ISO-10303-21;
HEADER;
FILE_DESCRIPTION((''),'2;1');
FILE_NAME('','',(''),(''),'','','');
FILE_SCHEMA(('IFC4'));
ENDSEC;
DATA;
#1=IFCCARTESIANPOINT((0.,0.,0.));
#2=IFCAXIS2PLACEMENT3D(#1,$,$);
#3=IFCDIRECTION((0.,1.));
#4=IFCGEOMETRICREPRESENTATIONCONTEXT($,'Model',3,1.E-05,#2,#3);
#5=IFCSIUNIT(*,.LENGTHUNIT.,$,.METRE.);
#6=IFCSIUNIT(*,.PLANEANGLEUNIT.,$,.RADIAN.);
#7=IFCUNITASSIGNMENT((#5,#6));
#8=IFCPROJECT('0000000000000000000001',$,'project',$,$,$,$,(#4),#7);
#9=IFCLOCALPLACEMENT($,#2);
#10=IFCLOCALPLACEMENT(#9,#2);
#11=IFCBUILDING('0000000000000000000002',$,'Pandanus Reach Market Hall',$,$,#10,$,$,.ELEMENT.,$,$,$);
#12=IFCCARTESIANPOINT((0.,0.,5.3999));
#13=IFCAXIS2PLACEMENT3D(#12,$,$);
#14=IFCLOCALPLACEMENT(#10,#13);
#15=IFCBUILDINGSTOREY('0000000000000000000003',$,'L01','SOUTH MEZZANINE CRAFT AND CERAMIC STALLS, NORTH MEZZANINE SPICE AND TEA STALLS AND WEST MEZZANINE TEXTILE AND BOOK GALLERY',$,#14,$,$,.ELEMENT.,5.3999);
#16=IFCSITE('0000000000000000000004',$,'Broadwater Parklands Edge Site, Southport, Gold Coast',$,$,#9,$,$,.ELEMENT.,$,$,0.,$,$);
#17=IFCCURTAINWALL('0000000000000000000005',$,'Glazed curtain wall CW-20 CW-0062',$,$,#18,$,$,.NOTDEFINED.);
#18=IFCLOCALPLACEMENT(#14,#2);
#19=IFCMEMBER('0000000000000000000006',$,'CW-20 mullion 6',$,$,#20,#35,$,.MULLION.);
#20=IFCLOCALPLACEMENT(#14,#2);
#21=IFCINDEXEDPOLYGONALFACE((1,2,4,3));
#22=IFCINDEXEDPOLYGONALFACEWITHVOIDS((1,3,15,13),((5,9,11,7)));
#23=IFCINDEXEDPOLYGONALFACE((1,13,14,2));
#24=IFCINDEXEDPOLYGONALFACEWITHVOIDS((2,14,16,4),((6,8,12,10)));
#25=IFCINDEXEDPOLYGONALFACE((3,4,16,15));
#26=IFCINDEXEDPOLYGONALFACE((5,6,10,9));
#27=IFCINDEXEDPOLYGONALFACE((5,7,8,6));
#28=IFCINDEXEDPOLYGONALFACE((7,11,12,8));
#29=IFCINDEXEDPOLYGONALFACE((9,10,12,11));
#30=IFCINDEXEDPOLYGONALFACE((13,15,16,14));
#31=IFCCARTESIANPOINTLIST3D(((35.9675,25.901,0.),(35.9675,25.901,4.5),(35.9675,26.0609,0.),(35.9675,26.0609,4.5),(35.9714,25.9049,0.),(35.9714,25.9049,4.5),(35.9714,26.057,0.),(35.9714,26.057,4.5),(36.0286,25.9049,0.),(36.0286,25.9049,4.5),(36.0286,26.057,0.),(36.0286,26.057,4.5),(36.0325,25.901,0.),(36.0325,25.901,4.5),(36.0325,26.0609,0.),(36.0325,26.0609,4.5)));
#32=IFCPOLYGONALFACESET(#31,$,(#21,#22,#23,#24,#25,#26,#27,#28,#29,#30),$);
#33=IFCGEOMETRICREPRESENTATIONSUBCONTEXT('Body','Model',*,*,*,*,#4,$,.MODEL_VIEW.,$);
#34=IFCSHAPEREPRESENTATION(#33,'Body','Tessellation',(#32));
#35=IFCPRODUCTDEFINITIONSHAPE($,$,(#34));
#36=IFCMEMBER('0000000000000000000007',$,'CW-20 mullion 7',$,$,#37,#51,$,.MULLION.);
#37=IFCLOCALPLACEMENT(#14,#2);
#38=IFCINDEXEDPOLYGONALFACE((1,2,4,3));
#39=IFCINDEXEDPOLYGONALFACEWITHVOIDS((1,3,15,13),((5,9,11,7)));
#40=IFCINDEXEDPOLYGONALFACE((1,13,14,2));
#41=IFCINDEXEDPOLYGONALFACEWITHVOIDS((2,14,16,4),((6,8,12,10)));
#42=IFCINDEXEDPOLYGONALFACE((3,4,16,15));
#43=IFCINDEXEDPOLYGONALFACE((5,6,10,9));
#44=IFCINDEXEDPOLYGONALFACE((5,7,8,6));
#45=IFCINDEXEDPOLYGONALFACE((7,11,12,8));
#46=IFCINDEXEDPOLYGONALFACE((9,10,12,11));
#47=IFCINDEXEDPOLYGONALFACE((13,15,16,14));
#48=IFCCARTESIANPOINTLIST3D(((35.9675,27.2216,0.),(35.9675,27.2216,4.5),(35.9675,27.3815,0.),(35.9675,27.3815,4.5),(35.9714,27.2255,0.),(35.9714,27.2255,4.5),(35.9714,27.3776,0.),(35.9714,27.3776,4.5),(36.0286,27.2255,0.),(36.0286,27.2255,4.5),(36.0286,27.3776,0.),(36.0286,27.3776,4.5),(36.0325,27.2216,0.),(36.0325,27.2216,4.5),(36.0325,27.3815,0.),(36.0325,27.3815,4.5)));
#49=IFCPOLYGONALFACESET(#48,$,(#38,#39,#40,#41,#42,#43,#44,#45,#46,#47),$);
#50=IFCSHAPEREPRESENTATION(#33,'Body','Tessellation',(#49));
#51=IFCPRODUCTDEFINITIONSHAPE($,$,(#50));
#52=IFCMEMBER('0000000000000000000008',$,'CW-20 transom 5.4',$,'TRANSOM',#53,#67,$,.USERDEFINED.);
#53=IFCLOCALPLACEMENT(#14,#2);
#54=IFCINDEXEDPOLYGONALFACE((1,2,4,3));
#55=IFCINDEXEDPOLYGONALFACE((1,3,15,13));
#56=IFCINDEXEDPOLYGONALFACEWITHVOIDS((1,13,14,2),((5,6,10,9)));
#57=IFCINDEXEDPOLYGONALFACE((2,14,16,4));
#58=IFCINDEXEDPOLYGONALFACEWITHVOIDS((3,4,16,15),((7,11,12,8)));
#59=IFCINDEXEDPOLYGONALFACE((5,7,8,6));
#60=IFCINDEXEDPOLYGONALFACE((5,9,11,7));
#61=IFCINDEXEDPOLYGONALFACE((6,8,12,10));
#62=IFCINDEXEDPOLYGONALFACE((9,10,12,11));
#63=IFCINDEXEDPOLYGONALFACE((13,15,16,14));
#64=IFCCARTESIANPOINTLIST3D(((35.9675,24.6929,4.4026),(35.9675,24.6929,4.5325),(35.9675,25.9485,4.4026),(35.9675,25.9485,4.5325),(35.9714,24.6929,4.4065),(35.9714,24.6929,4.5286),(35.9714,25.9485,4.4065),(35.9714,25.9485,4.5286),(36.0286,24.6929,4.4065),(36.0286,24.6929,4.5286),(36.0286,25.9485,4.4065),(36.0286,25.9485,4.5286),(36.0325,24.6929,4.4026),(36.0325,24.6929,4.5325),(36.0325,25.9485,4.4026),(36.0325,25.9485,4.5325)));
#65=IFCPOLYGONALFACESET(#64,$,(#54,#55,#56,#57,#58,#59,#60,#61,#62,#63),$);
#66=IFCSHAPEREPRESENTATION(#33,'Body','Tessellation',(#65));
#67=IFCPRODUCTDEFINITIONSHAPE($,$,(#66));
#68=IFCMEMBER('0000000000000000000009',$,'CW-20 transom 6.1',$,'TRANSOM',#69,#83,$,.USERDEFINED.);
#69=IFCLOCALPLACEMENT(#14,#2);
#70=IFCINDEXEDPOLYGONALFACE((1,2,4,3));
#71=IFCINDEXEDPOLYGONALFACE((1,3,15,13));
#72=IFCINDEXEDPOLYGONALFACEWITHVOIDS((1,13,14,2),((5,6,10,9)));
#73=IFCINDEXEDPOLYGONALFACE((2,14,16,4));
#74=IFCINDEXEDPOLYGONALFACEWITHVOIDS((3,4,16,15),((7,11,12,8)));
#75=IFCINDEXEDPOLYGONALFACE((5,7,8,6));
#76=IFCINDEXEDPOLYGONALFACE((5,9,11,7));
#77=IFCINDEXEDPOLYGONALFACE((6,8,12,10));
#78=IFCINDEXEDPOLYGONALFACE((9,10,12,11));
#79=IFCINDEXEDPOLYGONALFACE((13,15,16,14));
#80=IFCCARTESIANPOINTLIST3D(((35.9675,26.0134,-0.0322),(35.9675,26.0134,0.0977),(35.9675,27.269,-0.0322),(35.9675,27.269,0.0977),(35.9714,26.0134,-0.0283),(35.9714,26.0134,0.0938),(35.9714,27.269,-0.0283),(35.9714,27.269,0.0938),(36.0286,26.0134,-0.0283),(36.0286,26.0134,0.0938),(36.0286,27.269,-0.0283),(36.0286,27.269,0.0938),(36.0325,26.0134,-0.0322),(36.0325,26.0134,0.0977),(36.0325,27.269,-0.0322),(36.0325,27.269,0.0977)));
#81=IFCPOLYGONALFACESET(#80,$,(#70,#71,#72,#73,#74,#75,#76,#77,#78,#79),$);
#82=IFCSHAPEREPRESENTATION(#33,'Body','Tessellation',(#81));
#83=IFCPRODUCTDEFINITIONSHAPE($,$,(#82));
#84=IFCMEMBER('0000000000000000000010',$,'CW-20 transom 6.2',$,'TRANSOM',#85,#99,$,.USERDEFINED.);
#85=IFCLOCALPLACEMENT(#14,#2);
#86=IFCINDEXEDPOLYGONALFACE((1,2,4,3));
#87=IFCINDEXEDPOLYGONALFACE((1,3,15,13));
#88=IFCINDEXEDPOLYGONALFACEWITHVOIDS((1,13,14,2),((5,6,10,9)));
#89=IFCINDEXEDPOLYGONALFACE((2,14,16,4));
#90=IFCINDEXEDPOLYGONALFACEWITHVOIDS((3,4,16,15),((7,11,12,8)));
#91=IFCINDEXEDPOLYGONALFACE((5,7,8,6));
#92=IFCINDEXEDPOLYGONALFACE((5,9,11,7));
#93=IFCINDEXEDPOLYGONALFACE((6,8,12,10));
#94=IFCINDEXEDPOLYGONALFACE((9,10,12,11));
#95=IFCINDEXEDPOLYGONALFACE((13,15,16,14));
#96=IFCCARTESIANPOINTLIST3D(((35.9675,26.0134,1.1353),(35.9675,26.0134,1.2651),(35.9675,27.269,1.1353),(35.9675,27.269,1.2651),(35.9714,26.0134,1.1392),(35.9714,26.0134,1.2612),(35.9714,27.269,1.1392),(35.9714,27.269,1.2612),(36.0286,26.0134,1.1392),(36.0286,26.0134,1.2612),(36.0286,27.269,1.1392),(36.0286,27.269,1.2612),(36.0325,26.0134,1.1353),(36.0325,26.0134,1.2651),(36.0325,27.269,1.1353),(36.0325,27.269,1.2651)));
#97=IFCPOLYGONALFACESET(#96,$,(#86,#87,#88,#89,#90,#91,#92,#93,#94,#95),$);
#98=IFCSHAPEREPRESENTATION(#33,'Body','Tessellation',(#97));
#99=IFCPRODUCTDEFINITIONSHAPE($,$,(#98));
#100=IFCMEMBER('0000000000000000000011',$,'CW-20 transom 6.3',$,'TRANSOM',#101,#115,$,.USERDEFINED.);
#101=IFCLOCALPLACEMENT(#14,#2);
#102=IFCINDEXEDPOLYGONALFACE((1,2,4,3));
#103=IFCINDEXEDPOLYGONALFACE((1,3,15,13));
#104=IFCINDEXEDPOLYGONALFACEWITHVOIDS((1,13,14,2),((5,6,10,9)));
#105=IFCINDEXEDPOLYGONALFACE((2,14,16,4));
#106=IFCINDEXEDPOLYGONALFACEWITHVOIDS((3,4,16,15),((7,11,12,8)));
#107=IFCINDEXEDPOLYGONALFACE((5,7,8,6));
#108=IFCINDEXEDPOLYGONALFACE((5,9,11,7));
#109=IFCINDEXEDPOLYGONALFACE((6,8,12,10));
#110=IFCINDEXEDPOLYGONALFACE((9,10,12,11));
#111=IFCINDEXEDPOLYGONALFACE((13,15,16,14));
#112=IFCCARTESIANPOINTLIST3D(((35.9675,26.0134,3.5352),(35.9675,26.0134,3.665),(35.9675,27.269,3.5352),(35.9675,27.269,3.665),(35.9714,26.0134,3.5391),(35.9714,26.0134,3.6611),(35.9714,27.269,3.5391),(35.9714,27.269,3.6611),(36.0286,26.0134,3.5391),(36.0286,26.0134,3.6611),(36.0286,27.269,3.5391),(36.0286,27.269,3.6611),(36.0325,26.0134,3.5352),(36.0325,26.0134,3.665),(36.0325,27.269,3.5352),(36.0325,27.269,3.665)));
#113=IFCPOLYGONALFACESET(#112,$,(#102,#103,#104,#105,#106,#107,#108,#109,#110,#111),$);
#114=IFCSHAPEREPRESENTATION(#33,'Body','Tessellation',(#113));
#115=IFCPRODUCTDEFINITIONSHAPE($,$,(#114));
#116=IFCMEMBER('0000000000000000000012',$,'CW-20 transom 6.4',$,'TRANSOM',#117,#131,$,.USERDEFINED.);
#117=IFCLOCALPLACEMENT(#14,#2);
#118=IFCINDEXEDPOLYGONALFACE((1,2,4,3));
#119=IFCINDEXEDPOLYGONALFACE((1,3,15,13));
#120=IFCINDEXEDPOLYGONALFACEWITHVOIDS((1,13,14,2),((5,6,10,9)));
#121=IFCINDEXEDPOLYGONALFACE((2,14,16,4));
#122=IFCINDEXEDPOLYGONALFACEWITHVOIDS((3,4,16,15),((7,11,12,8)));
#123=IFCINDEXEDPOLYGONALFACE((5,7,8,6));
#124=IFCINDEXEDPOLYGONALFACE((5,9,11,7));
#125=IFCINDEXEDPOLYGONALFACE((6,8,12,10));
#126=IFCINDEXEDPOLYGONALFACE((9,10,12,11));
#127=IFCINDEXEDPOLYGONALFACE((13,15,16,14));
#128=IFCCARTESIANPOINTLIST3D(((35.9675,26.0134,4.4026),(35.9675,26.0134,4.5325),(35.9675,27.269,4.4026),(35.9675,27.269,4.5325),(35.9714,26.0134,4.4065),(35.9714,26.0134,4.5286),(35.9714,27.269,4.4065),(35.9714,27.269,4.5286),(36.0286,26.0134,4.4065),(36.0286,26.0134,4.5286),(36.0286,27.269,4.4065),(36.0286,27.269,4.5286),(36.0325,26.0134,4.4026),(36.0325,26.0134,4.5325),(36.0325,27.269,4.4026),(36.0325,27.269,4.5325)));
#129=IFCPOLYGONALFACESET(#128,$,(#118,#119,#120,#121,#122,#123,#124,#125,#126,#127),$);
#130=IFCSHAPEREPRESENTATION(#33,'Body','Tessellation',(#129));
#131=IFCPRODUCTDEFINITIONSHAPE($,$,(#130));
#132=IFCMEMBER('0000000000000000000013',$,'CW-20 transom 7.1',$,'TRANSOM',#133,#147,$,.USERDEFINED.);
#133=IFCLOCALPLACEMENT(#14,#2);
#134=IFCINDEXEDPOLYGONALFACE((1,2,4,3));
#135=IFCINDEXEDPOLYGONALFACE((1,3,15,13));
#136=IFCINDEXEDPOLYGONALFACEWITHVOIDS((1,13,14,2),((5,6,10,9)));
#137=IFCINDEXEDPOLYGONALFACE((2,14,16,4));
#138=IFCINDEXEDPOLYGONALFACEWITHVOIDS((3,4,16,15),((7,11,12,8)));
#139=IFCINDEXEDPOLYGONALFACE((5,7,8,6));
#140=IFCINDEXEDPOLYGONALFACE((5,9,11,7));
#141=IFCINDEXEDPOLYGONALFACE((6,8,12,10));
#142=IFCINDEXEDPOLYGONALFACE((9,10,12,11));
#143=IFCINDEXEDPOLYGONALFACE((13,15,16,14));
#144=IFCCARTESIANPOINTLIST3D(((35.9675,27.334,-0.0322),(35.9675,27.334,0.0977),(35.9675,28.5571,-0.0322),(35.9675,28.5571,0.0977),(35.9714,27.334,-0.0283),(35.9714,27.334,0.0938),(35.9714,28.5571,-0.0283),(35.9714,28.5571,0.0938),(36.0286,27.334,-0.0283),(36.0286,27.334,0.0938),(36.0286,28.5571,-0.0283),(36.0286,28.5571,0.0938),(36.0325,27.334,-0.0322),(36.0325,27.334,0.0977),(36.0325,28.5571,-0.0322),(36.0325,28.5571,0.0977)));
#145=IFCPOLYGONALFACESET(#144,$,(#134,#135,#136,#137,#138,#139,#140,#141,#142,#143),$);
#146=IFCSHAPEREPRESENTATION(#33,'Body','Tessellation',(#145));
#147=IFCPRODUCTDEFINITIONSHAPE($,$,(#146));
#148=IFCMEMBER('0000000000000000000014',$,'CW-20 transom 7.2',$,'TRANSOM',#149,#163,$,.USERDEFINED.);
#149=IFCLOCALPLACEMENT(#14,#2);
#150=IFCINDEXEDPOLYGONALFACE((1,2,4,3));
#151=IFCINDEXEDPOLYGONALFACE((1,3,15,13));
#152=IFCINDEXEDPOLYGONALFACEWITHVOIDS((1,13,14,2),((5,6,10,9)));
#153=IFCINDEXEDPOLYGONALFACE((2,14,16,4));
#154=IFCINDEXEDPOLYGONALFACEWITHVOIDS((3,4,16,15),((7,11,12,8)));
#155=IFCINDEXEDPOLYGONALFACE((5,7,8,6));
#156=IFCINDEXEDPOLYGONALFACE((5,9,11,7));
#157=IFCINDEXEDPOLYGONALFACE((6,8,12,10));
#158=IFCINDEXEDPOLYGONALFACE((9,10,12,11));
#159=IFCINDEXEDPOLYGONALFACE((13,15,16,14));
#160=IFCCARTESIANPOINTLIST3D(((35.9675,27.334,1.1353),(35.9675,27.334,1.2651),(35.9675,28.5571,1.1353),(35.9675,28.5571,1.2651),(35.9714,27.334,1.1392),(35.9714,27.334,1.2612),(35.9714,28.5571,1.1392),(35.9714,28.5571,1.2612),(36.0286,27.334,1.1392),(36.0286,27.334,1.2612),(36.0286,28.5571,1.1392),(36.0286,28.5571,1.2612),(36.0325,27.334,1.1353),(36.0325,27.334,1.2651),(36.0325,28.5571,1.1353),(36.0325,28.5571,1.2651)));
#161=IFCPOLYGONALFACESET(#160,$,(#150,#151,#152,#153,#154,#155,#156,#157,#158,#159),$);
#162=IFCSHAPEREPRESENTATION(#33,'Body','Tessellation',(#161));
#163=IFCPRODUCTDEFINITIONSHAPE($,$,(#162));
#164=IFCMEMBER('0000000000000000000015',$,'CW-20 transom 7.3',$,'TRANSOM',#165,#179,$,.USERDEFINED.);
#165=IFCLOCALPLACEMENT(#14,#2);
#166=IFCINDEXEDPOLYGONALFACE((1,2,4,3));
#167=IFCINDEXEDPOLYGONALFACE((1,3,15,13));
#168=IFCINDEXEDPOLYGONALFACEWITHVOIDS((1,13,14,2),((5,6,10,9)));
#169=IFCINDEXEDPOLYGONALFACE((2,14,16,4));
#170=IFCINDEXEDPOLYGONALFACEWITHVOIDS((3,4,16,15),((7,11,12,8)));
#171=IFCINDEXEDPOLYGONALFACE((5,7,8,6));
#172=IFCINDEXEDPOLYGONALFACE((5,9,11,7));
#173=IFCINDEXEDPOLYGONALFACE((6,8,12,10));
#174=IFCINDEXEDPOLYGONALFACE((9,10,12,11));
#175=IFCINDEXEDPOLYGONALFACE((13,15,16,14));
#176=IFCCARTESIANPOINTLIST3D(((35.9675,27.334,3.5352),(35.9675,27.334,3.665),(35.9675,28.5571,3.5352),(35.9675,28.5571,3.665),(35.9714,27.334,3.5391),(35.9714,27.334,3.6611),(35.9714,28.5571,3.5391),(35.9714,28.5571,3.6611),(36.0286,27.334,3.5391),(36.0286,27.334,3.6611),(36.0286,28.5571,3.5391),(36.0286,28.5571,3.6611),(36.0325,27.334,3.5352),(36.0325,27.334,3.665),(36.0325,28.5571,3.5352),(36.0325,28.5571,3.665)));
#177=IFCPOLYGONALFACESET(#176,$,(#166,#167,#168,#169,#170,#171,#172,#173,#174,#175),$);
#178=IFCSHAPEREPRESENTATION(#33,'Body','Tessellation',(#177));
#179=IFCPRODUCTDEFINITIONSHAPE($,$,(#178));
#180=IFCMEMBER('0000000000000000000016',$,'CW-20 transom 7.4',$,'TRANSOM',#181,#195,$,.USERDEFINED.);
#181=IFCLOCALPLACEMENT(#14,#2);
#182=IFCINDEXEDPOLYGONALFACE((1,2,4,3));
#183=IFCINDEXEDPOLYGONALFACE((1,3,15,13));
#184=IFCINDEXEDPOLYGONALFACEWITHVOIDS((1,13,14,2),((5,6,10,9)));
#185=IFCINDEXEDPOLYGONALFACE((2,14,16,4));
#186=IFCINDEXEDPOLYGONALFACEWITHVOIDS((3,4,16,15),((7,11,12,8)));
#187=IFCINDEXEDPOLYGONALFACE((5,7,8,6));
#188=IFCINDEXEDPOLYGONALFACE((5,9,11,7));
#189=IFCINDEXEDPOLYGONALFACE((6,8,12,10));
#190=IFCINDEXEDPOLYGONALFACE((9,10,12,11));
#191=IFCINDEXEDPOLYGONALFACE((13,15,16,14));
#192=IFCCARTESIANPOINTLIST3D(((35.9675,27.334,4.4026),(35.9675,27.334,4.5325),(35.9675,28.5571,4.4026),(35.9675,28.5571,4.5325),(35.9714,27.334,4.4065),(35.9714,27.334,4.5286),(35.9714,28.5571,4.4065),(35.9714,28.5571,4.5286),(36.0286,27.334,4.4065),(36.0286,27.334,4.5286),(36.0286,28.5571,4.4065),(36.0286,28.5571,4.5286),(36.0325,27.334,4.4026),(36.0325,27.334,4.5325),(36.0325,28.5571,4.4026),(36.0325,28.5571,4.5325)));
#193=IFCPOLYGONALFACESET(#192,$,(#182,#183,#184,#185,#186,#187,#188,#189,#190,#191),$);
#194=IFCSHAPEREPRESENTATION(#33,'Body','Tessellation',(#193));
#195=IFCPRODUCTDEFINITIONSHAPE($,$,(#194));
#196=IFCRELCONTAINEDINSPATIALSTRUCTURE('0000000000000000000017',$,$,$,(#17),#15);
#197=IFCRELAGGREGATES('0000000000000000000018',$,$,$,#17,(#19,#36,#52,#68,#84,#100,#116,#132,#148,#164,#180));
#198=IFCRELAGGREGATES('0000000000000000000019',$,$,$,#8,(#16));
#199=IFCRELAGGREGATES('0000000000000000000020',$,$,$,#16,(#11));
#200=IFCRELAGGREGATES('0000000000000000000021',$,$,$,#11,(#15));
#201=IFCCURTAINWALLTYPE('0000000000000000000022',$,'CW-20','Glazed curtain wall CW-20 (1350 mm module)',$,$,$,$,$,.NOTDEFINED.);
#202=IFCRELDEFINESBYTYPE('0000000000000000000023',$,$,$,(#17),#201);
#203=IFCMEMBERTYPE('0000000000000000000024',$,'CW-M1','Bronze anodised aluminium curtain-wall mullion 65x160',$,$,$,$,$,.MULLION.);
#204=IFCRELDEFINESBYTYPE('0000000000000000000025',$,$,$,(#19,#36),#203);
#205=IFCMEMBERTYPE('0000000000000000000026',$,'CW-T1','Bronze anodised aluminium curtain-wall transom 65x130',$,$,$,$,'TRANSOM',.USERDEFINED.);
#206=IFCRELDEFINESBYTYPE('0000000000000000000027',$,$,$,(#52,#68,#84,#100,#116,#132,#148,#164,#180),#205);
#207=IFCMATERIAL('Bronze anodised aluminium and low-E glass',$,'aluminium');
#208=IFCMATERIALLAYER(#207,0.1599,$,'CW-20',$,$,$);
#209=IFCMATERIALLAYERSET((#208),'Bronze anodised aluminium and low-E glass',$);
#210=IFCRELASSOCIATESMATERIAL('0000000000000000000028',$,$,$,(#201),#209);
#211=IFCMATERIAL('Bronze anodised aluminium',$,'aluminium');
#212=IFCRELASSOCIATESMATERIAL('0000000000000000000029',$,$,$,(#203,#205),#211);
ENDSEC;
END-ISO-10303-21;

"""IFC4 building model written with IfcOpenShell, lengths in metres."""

from ifc_helpers import new_model, si_unit, direction, frame, origin, origin_2d, place, context, subcontext, project, spatial, hollow_rectangle, extrude, material, layer, layer_set, material_profile, profile_set, type_object, element, aggregate, save


model = new_model("IFC4")

# Units and contexts
model_context = context("Model", 3, precision=1e-05, world=origin(), true_north=direction((0.0, 1.0)))
body_context = subcontext(model_context, "Body", "Model", "MODEL_VIEW")
ifc_project = project(units=[si_unit("LENGTHUNIT", "METRE"), si_unit("PLANEANGLEUNIT", "RADIAN")], contexts=[model_context])

# Site, building, storey
site_placement = place(None, origin())
site = spatial("IfcSite", under=ifc_project, at=site_placement, Name="Broadwater Parklands Edge Site, Southport, Gold Coast", CompositionType="ELEMENT", RefElevation=0.0)
building_placement = place(site_placement, origin())
building = spatial("IfcBuilding", under=site, at=building_placement, Name="Pandanus Reach Market Hall", CompositionType="ELEMENT")
storey_placement = place(building_placement, frame((0.0, 0.0, 5.3999)))
storey = spatial("IfcBuildingStorey", under=building, at=storey_placement, Name="L01", Description="SOUTH MEZZANINE CRAFT AND CERAMIC STALLS, NORTH MEZZANINE SPICE AND TEA STALLS AND WEST MEZZANINE TEXTILE AND BOOK GALLERY", CompositionType="ELEMENT", Elevation=5.3999)

# Curtain wall, members
ifc_material_1 = material(Name="Bronze anodised aluminium and low-E glass", Category="aluminium")
ifc_layer_1 = layer(ifc_material_1, 0.1599, Name="CW-20")
ifc_layer_set_1 = layer_set([ifc_layer_1], Name="Bronze anodised aluminium and low-E glass")
curtain_wall_type = type_object("IfcCurtainWallType", Name="CW-20", Description="Glazed curtain wall CW-20 (1350 mm module)", PredefinedType="NOTDEFINED", material=ifc_layer_set_1)
curtain_wall_placement = place(storey_placement, origin())
curtain_wall = element("IfcCurtainWall", 1, at=curtain_wall_placement, inside=storey, type_object=curtain_wall_type, Name="Glazed curtain wall CW-20 CW-0062", PredefinedType="NOTDEFINED")
ifc_material_2 = material(Name="Bronze anodised aluminium", Category="aluminium")
ifc_material_profile_1 = material_profile(ifc_material_2, hollow_rectangle(XDim=0.0649, YDim=0.1599, WallThickness=0.0039, at=origin_2d()), Name="ALU65x160", Category="LoadBearing")
ifc_profile_set_1 = profile_set([ifc_material_profile_1], Name="Bronze anodised aluminium")
member_type_1 = type_object("IfcMemberType", Name="CW-M1", Description="Bronze anodised aluminium curtain-wall mullion 65x160", PredefinedType="MULLION", material=ifc_profile_set_1)
member_1_placement = place(storey_placement, frame((36.0, 25.981, 0.0), z_axis=(0.0, 0.0, 1.0), x_axis=(-1.0, 0.0, 0.0)))
member_1 = element("IfcMember", 2, at=member_1_placement, type_object=member_type_1, Name="CW-20 mullion 6", PredefinedType="MULLION", context=body_context, shape_type="SweptSolid", body=[
    extrude(hollow_rectangle(XDim=0.0649, YDim=0.1599, WallThickness=0.0039, at=origin_2d()), origin(), (0.0, 0.0, 1.0), 4.5),
])
member_2_placement = place(storey_placement, frame((36.0, 27.3015, 0.0), z_axis=(0.0, 0.0, 1.0), x_axis=(-1.0, 0.0, 0.0)))
member_2 = element("IfcMember", 3, at=member_2_placement, type_object=member_type_1, Name="CW-20 mullion 7", PredefinedType="MULLION", context=body_context, shape_type="SweptSolid", body=[
    extrude(hollow_rectangle(XDim=0.0649, YDim=0.1599, WallThickness=0.0039, at=origin_2d()), origin(), (0.0, 0.0, 1.0), 4.5),
])
ifc_material_profile_2 = material_profile(ifc_material_2, hollow_rectangle(XDim=0.0649, YDim=0.1299, WallThickness=0.0039, at=origin_2d()), Name="ALU65x130", Category="LoadBearing")
ifc_profile_set_2 = profile_set([ifc_material_profile_2], Name="Bronze anodised aluminium")
member_type_2 = type_object("IfcMemberType", Name="CW-T1", Description="Bronze anodised aluminium curtain-wall transom 65x130", ElementType="TRANSOM", PredefinedType="USERDEFINED", material=ifc_profile_set_2)
member_3_placement = place(storey_placement, frame((36.0, 24.6929, 4.4675), z_axis=(0.0, 1.0, 0.0), x_axis=(-1.0, 0.0, 0.0)))
member_3 = element("IfcMember", 4, at=member_3_placement, type_object=member_type_2, Name="CW-20 transom 5.4", ObjectType="TRANSOM", PredefinedType="USERDEFINED", context=body_context, shape_type="SweptSolid", body=[
    extrude(hollow_rectangle(XDim=0.0649, YDim=0.1299, WallThickness=0.0039, at=origin_2d()), origin(), (0.0, 0.0, 1.0), 1.2556),
])
member_4_placement = place(storey_placement, frame((36.0, 26.0134, 0.0327), z_axis=(0.0, 1.0, 0.0), x_axis=(-1.0, 0.0, 0.0)))
member_4 = element("IfcMember", 5, at=member_4_placement, type_object=member_type_2, Name="CW-20 transom 6.1", ObjectType="TRANSOM", PredefinedType="USERDEFINED", context=body_context, shape_type="SweptSolid", body=[
    extrude(hollow_rectangle(XDim=0.0649, YDim=0.1299, WallThickness=0.0039, at=origin_2d()), origin(), (0.0, 0.0, 1.0), 1.2556),
])
member_5_placement = place(storey_placement, frame((36.0, 26.0134, 1.2002), z_axis=(0.0, 1.0, 0.0), x_axis=(-1.0, 0.0, 0.0)))
member_5 = element("IfcMember", 6, at=member_5_placement, type_object=member_type_2, Name="CW-20 transom 6.2", ObjectType="TRANSOM", PredefinedType="USERDEFINED", context=body_context, shape_type="SweptSolid", body=[
    extrude(hollow_rectangle(XDim=0.0649, YDim=0.1299, WallThickness=0.0039, at=origin_2d()), origin(), (0.0, 0.0, 1.0), 1.2556),
])
member_6_placement = place(storey_placement, frame((36.0, 26.0134, 3.6001), z_axis=(0.0, 1.0, 0.0), x_axis=(-1.0, 0.0, 0.0)))
member_6 = element("IfcMember", 7, at=member_6_placement, type_object=member_type_2, Name="CW-20 transom 6.3", ObjectType="TRANSOM", PredefinedType="USERDEFINED", context=body_context, shape_type="SweptSolid", body=[
    extrude(hollow_rectangle(XDim=0.0649, YDim=0.1299, WallThickness=0.0039, at=origin_2d()), origin(), (0.0, 0.0, 1.0), 1.2556),
])
member_7_placement = place(storey_placement, frame((36.0, 26.0134, 4.4675), z_axis=(0.0, 1.0, 0.0), x_axis=(-1.0, 0.0, 0.0)))
member_7 = element("IfcMember", 8, at=member_7_placement, type_object=member_type_2, Name="CW-20 transom 6.4", ObjectType="TRANSOM", PredefinedType="USERDEFINED", context=body_context, shape_type="SweptSolid", body=[
    extrude(hollow_rectangle(XDim=0.0649, YDim=0.1299, WallThickness=0.0039, at=origin_2d()), origin(), (0.0, 0.0, 1.0), 1.2556),
])
member_8_placement = place(storey_placement, frame((36.0, 27.334, 0.0327), z_axis=(0.0, 1.0, 0.0), x_axis=(-1.0, 0.0, 0.0)))
member_8 = element("IfcMember", 9, at=member_8_placement, type_object=member_type_2, Name="CW-20 transom 7.1", ObjectType="TRANSOM", PredefinedType="USERDEFINED", context=body_context, shape_type="SweptSolid", body=[
    extrude(hollow_rectangle(XDim=0.0649, YDim=0.1299, WallThickness=0.0039, at=origin_2d()), origin(), (0.0, 0.0, 1.0), 1.2231),
])
member_9_placement = place(storey_placement, frame((36.0, 27.334, 1.2002), z_axis=(0.0, 1.0, 0.0), x_axis=(-1.0, 0.0, 0.0)))
member_9 = element("IfcMember", 10, at=member_9_placement, type_object=member_type_2, Name="CW-20 transom 7.2", ObjectType="TRANSOM", PredefinedType="USERDEFINED", context=body_context, shape_type="SweptSolid", body=[
    extrude(hollow_rectangle(XDim=0.0649, YDim=0.1299, WallThickness=0.0039, at=origin_2d()), origin(), (0.0, 0.0, 1.0), 1.2231),
])
member_10_placement = place(storey_placement, frame((36.0, 27.334, 3.6001), z_axis=(0.0, 1.0, 0.0), x_axis=(-1.0, 0.0, 0.0)))
member_10 = element("IfcMember", 11, at=member_10_placement, type_object=member_type_2, Name="CW-20 transom 7.3", ObjectType="TRANSOM", PredefinedType="USERDEFINED", context=body_context, shape_type="SweptSolid", body=[
    extrude(hollow_rectangle(XDim=0.0649, YDim=0.1299, WallThickness=0.0039, at=origin_2d()), origin(), (0.0, 0.0, 1.0), 1.2231),
])
member_11_placement = place(storey_placement, frame((36.0, 27.334, 4.4675), z_axis=(0.0, 1.0, 0.0), x_axis=(-1.0, 0.0, 0.0)))
member_11 = element("IfcMember", 12, at=member_11_placement, type_object=member_type_2, Name="CW-20 transom 7.4", ObjectType="TRANSOM", PredefinedType="USERDEFINED", context=body_context, shape_type="SweptSolid", body=[
    extrude(hollow_rectangle(XDim=0.0649, YDim=0.1299, WallThickness=0.0039, at=origin_2d()), origin(), (0.0, 0.0, 1.0), 1.2231),
])
aggregate(curtain_wall, [member_1, member_2, member_3, member_4, member_5, member_6, member_7, member_8, member_9, member_10, member_11])

save(model, "model.ifc")
